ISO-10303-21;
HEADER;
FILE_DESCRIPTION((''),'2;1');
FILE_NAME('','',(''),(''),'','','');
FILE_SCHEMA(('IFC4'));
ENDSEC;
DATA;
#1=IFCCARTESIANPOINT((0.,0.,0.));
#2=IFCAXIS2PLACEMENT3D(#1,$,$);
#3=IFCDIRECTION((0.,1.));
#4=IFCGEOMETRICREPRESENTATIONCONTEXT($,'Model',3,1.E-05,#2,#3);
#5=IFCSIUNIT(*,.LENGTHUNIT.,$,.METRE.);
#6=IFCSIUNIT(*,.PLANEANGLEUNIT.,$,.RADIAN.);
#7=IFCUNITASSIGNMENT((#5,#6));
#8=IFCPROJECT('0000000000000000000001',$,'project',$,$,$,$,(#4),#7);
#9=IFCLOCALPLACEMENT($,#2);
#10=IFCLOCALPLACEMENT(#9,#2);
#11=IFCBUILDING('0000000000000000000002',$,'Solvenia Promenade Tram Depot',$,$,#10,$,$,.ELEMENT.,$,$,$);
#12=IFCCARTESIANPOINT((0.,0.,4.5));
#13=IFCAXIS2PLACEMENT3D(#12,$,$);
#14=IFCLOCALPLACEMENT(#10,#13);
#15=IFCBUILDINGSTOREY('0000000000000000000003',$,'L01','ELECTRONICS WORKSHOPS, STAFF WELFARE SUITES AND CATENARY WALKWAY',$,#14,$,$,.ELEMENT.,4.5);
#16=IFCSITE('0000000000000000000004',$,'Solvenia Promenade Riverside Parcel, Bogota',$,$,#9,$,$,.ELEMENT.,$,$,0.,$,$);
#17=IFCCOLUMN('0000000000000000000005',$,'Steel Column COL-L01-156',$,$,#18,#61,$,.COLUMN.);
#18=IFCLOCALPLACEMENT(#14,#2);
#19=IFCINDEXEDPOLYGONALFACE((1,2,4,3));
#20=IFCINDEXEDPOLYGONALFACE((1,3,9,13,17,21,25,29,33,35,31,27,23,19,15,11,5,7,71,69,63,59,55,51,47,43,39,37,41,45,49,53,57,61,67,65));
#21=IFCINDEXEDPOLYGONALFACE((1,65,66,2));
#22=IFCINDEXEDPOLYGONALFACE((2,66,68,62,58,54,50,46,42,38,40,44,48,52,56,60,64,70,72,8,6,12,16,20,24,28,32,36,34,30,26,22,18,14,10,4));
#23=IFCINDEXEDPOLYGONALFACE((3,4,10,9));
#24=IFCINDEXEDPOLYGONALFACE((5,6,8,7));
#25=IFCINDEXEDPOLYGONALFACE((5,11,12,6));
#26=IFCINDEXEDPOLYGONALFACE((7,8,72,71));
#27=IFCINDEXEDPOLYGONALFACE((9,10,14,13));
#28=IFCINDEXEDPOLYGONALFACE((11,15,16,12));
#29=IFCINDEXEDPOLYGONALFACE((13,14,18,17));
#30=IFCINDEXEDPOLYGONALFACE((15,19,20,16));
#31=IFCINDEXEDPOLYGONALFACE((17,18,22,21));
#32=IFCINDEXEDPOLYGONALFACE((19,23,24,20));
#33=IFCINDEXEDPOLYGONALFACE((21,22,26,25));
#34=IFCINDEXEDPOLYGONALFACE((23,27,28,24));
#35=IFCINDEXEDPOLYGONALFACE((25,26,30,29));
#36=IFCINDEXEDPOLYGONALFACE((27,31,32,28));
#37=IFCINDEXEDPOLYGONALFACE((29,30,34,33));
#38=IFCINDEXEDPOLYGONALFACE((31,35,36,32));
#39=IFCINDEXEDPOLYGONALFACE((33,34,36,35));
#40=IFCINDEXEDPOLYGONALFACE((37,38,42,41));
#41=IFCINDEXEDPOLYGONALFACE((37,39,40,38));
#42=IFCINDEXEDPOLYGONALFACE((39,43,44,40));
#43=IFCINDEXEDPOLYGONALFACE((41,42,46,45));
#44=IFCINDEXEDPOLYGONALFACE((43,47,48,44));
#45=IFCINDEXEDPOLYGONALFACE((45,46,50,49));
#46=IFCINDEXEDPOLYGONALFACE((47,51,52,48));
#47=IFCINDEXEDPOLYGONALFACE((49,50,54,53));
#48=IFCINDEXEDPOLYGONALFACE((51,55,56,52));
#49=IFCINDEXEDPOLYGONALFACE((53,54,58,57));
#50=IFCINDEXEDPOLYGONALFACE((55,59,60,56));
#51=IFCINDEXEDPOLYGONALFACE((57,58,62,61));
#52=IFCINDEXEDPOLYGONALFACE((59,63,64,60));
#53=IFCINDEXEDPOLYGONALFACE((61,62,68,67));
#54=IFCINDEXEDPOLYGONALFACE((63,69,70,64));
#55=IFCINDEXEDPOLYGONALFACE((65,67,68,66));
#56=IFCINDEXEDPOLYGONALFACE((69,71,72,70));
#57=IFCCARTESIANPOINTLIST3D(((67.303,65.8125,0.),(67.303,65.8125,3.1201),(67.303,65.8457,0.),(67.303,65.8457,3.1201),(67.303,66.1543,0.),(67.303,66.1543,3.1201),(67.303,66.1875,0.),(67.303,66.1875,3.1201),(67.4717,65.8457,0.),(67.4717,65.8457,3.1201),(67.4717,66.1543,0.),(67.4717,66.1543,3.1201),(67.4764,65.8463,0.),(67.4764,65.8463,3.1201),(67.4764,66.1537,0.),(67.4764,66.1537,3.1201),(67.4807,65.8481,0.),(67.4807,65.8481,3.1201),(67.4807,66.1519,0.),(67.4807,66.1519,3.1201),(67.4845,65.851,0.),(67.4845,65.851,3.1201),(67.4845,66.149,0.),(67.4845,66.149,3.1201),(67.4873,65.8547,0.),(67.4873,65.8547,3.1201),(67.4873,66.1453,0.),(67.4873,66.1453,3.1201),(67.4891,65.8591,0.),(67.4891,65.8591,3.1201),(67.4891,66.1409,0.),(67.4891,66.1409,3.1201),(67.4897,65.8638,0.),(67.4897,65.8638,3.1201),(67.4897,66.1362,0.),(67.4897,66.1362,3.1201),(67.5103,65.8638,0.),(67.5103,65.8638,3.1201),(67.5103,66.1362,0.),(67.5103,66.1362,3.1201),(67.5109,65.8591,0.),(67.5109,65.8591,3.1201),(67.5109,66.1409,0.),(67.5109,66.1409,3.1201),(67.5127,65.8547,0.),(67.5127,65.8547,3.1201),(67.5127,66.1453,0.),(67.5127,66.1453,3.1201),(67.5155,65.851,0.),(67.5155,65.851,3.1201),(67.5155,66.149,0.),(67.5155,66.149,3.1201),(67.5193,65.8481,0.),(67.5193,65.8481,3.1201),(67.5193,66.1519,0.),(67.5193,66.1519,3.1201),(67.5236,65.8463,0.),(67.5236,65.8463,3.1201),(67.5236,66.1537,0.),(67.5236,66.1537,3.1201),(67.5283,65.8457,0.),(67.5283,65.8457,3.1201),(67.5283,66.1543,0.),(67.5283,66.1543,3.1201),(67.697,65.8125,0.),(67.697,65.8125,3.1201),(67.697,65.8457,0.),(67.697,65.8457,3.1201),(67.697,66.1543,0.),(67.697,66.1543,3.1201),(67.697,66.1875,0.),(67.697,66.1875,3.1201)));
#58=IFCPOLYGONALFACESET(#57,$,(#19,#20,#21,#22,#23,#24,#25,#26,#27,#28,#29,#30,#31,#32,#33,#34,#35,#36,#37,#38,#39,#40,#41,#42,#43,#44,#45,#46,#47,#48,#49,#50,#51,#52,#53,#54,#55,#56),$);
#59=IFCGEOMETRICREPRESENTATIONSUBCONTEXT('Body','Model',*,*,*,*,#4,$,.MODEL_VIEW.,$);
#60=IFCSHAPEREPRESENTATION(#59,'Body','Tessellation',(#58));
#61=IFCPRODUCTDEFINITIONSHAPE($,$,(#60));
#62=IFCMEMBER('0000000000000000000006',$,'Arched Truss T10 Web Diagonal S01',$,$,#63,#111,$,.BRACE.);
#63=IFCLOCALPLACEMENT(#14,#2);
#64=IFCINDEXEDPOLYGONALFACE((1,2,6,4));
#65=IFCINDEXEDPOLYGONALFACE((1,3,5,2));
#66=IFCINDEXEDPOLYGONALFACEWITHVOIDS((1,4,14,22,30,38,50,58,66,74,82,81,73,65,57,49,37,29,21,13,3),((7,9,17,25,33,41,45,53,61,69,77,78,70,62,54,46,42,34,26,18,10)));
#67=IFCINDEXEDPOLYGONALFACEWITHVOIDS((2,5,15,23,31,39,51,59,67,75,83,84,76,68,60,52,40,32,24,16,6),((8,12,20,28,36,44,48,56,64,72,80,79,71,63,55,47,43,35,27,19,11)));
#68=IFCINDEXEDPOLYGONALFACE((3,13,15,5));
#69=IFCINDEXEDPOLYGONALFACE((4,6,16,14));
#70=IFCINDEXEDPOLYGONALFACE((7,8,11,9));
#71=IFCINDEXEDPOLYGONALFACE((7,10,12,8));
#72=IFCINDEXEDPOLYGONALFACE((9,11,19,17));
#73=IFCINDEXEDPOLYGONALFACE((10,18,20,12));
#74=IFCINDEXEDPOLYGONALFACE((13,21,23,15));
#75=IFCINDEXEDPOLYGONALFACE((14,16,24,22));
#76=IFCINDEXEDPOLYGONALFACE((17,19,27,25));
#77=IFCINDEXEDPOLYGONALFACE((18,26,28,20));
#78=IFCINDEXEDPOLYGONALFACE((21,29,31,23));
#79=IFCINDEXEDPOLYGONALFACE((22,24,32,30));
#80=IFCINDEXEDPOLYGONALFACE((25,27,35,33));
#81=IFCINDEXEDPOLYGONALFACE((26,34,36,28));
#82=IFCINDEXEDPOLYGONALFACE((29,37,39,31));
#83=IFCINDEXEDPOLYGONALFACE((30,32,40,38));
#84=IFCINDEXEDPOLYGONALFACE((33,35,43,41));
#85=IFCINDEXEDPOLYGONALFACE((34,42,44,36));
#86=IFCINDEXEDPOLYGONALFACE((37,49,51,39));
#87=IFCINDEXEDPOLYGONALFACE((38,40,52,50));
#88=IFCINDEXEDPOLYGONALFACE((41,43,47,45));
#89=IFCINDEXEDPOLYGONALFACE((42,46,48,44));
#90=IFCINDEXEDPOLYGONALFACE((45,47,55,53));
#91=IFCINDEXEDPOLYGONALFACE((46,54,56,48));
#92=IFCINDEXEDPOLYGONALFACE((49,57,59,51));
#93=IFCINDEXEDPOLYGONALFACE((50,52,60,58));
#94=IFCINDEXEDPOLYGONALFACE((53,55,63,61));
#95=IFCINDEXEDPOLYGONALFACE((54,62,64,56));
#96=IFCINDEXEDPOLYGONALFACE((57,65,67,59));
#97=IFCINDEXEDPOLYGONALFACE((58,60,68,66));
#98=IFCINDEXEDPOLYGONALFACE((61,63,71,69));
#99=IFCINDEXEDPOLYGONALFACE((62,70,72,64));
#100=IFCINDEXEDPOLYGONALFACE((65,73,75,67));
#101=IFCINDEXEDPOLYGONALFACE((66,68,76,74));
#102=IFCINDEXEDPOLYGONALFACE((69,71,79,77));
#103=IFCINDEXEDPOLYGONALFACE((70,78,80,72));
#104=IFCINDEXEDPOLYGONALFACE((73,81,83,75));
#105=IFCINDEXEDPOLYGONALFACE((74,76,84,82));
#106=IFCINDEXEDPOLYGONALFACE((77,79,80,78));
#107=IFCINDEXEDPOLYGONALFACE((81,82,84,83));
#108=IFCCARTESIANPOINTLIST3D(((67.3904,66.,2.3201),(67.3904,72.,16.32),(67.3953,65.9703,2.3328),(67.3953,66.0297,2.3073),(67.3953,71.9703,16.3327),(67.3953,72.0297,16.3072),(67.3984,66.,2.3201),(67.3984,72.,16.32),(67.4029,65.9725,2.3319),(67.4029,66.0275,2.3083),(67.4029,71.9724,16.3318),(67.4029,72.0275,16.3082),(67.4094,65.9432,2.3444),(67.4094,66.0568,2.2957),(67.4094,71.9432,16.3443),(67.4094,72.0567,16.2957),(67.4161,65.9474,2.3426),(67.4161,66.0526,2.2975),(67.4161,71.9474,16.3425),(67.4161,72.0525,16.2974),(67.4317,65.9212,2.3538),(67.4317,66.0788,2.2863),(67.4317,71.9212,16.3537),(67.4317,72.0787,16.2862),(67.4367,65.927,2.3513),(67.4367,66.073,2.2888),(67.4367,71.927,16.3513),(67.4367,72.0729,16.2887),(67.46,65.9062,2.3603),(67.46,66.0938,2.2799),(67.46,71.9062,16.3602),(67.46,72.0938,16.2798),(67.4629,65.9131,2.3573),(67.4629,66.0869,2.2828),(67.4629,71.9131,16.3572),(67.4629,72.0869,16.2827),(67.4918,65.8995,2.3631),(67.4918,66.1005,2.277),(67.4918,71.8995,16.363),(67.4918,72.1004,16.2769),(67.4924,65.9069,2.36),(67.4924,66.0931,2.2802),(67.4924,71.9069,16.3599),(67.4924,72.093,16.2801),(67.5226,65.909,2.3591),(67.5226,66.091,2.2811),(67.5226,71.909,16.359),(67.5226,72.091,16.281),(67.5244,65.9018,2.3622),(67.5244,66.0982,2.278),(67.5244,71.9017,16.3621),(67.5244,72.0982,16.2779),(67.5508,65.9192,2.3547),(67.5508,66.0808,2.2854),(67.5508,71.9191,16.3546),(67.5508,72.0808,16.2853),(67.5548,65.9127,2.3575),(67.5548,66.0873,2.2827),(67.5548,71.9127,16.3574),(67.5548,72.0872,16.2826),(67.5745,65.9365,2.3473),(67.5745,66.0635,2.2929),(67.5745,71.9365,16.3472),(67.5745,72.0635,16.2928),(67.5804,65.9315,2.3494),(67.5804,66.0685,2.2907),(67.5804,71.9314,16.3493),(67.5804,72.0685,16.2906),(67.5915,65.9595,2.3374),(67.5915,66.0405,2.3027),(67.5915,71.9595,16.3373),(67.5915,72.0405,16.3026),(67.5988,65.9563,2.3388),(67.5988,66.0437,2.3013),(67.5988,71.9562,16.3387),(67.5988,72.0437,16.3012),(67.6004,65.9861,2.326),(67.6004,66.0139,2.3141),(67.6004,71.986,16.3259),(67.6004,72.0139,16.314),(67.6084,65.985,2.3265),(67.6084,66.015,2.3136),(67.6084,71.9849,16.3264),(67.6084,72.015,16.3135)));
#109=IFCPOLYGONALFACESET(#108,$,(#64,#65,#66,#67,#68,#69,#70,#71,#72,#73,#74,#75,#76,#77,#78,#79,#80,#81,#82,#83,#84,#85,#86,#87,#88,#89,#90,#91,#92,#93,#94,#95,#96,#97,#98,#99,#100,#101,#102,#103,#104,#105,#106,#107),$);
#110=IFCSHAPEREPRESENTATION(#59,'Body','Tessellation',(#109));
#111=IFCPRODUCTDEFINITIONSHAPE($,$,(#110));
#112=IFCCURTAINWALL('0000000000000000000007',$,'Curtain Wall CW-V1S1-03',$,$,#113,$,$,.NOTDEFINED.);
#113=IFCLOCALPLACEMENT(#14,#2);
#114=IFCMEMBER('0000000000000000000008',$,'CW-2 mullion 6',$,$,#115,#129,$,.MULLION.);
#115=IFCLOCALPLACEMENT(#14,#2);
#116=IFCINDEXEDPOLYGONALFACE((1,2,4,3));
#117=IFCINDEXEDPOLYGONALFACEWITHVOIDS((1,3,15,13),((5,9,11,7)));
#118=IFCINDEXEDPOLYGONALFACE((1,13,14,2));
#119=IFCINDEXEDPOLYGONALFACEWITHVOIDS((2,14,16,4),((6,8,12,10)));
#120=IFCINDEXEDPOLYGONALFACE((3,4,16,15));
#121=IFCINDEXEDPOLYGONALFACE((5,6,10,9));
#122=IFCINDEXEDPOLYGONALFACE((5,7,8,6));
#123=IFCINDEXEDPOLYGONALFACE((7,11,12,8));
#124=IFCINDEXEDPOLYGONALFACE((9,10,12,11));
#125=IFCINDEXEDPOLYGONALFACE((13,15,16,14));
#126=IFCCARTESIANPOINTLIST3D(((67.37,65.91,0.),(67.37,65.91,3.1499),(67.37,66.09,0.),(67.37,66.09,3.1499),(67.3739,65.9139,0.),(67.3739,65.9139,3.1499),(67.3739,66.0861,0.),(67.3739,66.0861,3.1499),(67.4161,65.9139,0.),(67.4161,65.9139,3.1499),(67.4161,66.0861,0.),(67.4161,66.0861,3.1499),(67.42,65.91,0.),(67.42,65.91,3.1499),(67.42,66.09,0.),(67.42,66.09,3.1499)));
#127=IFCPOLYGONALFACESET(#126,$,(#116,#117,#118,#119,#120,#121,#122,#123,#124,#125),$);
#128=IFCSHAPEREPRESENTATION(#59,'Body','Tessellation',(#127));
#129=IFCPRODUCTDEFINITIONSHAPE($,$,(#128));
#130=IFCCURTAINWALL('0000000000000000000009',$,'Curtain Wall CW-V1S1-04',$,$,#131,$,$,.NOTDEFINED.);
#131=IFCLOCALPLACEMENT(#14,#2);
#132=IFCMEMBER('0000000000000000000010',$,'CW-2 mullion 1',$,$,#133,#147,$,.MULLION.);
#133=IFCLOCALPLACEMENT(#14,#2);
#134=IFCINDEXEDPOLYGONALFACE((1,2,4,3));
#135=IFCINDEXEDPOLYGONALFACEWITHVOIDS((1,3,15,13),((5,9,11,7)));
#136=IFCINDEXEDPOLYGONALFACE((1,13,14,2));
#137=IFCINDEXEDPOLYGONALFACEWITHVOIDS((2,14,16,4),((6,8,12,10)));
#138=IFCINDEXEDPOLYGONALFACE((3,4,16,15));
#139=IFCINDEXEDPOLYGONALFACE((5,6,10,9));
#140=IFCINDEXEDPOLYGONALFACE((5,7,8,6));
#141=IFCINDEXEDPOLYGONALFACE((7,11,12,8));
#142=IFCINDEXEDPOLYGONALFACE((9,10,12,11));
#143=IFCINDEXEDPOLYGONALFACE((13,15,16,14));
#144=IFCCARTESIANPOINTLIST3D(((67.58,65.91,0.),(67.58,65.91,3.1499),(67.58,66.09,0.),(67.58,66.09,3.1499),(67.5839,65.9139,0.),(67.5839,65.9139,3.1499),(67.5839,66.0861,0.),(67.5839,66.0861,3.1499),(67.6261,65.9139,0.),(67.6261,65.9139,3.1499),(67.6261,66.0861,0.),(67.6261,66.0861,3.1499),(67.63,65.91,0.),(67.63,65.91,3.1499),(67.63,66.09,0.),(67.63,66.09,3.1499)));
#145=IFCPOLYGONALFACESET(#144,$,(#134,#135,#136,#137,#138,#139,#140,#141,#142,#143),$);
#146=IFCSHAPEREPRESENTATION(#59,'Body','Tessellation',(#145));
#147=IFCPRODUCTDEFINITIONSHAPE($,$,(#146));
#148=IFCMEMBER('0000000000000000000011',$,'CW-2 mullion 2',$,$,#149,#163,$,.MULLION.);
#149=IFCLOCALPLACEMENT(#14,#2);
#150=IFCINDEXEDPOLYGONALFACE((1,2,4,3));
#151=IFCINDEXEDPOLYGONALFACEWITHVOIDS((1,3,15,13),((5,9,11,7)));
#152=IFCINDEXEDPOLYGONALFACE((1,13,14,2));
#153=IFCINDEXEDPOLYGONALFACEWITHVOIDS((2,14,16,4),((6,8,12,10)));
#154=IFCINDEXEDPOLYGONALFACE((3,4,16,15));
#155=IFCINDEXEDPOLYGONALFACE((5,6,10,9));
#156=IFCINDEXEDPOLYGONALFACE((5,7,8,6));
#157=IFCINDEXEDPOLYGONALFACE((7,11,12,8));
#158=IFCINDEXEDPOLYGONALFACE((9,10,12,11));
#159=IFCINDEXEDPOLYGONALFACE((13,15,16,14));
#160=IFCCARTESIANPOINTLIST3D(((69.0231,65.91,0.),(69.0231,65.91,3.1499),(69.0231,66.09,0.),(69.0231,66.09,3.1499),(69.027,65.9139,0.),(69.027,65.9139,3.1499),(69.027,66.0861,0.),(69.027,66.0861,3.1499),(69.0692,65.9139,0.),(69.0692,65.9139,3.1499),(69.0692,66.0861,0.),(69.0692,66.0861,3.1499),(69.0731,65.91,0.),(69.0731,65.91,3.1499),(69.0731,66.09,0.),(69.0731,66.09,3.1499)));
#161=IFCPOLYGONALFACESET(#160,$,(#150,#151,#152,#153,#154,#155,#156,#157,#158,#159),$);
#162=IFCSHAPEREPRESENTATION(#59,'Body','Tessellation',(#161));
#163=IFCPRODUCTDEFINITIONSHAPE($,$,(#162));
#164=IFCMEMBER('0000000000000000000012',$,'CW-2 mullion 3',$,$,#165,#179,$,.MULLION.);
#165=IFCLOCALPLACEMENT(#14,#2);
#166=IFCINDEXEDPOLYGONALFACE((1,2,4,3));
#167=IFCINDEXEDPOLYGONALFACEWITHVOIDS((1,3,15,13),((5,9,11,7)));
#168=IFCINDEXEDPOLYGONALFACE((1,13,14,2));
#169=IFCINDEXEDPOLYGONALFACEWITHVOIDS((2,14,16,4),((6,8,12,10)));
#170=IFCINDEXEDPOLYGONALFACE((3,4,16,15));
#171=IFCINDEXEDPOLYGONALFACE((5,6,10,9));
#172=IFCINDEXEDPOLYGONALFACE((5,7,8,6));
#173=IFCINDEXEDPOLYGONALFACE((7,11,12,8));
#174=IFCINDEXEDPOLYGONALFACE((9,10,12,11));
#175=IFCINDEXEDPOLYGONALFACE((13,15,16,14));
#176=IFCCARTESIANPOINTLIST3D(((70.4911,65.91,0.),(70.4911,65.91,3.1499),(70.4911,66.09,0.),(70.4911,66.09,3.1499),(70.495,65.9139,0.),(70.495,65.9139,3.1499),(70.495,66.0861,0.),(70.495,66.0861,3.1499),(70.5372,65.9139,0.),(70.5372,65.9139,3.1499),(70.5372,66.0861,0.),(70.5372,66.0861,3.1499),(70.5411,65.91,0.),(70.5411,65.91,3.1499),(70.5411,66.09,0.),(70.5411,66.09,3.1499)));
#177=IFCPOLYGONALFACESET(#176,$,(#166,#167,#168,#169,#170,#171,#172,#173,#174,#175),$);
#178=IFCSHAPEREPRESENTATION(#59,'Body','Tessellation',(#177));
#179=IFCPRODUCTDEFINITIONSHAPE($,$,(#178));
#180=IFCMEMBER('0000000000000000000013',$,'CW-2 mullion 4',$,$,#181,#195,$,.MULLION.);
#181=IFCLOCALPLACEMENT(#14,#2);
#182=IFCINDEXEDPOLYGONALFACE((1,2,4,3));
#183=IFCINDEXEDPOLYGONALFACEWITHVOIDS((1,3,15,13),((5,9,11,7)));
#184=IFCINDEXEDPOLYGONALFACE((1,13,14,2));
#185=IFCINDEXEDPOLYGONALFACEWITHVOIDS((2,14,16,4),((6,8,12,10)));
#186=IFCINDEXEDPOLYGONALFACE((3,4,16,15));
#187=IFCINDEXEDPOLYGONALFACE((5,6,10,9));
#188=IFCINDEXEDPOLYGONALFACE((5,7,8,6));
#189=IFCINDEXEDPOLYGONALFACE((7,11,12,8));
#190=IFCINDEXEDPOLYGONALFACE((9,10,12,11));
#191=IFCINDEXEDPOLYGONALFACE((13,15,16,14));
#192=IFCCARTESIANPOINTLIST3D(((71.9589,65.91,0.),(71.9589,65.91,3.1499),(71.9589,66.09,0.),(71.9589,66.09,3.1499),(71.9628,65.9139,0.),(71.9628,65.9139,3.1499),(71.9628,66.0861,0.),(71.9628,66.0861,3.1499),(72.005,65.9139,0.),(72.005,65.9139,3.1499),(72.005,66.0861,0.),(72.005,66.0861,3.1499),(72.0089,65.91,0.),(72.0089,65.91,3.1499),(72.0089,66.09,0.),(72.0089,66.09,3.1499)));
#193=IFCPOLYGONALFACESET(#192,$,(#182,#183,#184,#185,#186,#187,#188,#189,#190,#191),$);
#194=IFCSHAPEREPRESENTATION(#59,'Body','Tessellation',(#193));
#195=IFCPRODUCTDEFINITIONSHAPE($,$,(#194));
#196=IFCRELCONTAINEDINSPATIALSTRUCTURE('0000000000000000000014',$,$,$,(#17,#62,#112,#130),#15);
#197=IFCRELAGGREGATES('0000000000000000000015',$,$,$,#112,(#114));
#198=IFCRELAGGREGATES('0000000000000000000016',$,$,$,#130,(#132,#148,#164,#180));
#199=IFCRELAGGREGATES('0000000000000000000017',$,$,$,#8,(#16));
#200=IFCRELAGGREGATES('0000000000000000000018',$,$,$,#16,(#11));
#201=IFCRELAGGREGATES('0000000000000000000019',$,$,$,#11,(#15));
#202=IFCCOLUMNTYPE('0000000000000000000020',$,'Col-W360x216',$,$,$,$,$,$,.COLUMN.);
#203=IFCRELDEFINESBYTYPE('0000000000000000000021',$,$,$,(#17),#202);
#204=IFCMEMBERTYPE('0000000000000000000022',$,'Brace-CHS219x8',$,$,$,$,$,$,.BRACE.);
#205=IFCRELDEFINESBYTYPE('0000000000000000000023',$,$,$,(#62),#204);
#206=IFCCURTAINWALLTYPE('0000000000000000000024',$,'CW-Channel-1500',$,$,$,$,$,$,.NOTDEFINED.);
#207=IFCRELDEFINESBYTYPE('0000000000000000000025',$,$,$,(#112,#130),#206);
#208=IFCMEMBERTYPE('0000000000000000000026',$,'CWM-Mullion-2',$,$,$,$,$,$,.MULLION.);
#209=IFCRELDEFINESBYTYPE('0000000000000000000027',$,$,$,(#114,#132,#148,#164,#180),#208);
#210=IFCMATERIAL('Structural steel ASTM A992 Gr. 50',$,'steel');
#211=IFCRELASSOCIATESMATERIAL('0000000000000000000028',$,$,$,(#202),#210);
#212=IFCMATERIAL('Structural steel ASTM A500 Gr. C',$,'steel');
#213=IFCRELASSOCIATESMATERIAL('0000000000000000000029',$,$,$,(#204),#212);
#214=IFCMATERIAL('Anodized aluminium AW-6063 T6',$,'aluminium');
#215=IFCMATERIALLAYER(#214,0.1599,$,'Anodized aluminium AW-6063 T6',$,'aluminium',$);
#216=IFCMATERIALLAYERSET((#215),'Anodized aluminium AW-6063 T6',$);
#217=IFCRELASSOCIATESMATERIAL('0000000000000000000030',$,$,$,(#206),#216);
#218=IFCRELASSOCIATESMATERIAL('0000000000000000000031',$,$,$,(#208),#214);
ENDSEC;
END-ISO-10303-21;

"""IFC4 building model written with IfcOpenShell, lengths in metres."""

from ifc_helpers import new_model, si_unit, direction, frame, origin, origin_2d, place, context, subcontext, project, spatial, hollow_rectangle, hollow_circle, i_section, extrude, material, layer, layer_set, material_profile, profile_set, type_object, element, aggregate, save


model = new_model("IFC4")

# Units and contexts
model_context = context("Model", 3, precision=1e-05, world=origin(), true_north=direction((0.0, 1.0)))
body_context = subcontext(model_context, "Body", "Model", "MODEL_VIEW")
ifc_project = project(units=[si_unit("LENGTHUNIT", "METRE"), si_unit("PLANEANGLEUNIT", "RADIAN")], contexts=[model_context])

# Site, building, storey
site_placement = place(None, origin())
site = spatial("IfcSite", under=ifc_project, at=site_placement, Name="Solvenia Promenade Riverside Parcel, Bogota", CompositionType="ELEMENT", RefElevation=0.0)
building_placement = place(site_placement, origin())
building = spatial("IfcBuilding", under=site, at=building_placement, Name="Solvenia Promenade Tram Depot", CompositionType="ELEMENT")
storey_placement = place(building_placement, frame((0.0, 0.0, 4.5)))
storey = spatial("IfcBuildingStorey", under=building, at=storey_placement, Name="L01", Description="ELECTRONICS WORKSHOPS, STAFF WELFARE SUITES AND CATENARY WALKWAY", CompositionType="ELEMENT", Elevation=4.5)

# Column
ifc_material_1 = material(Name="Structural steel ASTM A992 Gr. 50", Category="steel")
ifc_material_profile_1 = material_profile(ifc_material_1, i_section(OverallWidth=0.394, OverallDepth=0.375, WebThickness=0.0205, FlangeThickness=0.0332, FilletRadius=0.0181, at=origin_2d()), Name="W360x216", Category="steel")
ifc_profile_set_1 = profile_set([ifc_material_profile_1], Name="Structural steel ASTM A992 Gr. 50")
column_type = type_object("IfcColumnType", Name="Col-W360x216", PredefinedType="COLUMN", material=ifc_profile_set_1)
column_placement = place(storey_placement, frame((67.5, 66.0, 0.0), z_axis=(0.0, 0.0, 1.0), x_axis=(1.0, 0.0, 0.0)))
element("IfcColumn", 1, at=column_placement, inside=storey, type_object=column_type, Name="Steel Column COL-L01-156", PredefinedType="COLUMN", context=body_context, shape_type="SweptSolid", body=[
    extrude(i_section(OverallWidth=0.394, OverallDepth=0.375, WebThickness=0.0205, FlangeThickness=0.0332, FilletRadius=0.0181, at=origin_2d()), origin(), (0.0, 0.0, 1.0), 3.1201),
])

# Member
ifc_material_2 = material(Name="Structural steel ASTM A500 Gr. C", Category="steel")
ifc_material_profile_2 = material_profile(ifc_material_2, hollow_circle(Radius=0.1096, WallThickness=0.0081, at=origin_2d()), Name="CHS219.1x8", Category="steel")
ifc_profile_set_2 = profile_set([ifc_material_profile_2], Name="Structural steel ASTM A500 Gr. C")
member_type_1 = type_object("IfcMemberType", Name="Brace-CHS219x8", PredefinedType="BRACE", material=ifc_profile_set_2)
member_1_placement = place(storey_placement, frame((67.5, 66.0, 2.3201), z_axis=(0.0, 0.393919, 0.919145), x_axis=(-1.0, 0.0, 0.0)))
element("IfcMember", 2, at=member_1_placement, inside=storey, type_object=member_type_1, Name="Arched Truss T10 Web Diagonal S01", PredefinedType="BRACE", context=body_context, shape_type="SweptSolid", body=[
    extrude(hollow_circle(Radius=0.1096, WallThickness=0.0081, at=origin_2d()), origin(), (0.0, 0.0, 1.0), 15.2314),
])

# Curtain wall, member
ifc_material_3 = material(Name="Anodized aluminium AW-6063 T6", Category="aluminium")
ifc_layer_1 = layer(ifc_material_3, 0.1599, Name="Anodized aluminium AW-6063 T6", Category="aluminium")
ifc_layer_set_1 = layer_set([ifc_layer_1], Name="Anodized aluminium AW-6063 T6")
curtain_wall_type = type_object("IfcCurtainWallType", Name="CW-Channel-1500", PredefinedType="NOTDEFINED", material=ifc_layer_set_1)
curtain_wall_1_placement = place(storey_placement, origin())
curtain_wall_1 = element("IfcCurtainWall", 3, at=curtain_wall_1_placement, inside=storey, type_object=curtain_wall_type, Name="Curtain Wall CW-V1S1-03", PredefinedType="NOTDEFINED")
ifc_material_profile_3 = material_profile(ifc_material_3, hollow_rectangle(XDim=0.1799, YDim=0.05, WallThickness=0.0039, at=origin_2d()), Name="ALU-M2", Category="aluminium")
ifc_profile_set_3 = profile_set([ifc_material_profile_3], Name="Anodized aluminium AW-6063 T6")
member_type_2 = type_object("IfcMemberType", Name="CWM-Mullion-2", PredefinedType="MULLION", material=ifc_profile_set_3)
member_2_placement = place(storey_placement, frame((67.395, 66.0, 0.0), z_axis=(0.0, 0.0, 1.0), x_axis=(0.0, 1.0, 0.0)))
member_2 = element("IfcMember", 4, at=member_2_placement, type_object=member_type_2, Name="CW-2 mullion 6", PredefinedType="MULLION", context=body_context, shape_type="SweptSolid", body=[
    extrude(hollow_rectangle(XDim=0.1799, YDim=0.05, WallThickness=0.0039, at=origin_2d()), origin(), (0.0, 0.0, 1.0), 3.1499),
])
aggregate(curtain_wall_1, [member_2])

# Curtain wall, members
curtain_wall_2_placement = place(storey_placement, origin())
curtain_wall_2 = element("IfcCurtainWall", 5, at=curtain_wall_2_placement, inside=storey, type_object=curtain_wall_type, Name="Curtain Wall CW-V1S1-04", PredefinedType="NOTDEFINED")
member_3_placement = place(storey_placement, frame((67.605, 66.0, 0.0), z_axis=(0.0, 0.0, 1.0), x_axis=(0.0, 1.0, 0.0)))
member_3 = element("IfcMember", 6, at=member_3_placement, type_object=member_type_2, Name="CW-2 mullion 1", PredefinedType="MULLION", context=body_context, shape_type="SweptSolid", body=[
    extrude(hollow_rectangle(XDim=0.1799, YDim=0.05, WallThickness=0.0039, at=origin_2d()), origin(), (0.0, 0.0, 1.0), 3.1499),
])
member_4_placement = place(storey_placement, frame((69.0481, 66.0, 0.0), z_axis=(0.0, 0.0, 1.0), x_axis=(0.0, 1.0, 0.0)))
member_4 = element("IfcMember", 7, at=member_4_placement, type_object=member_type_2, Name="CW-2 mullion 2", PredefinedType="MULLION", context=body_context, shape_type="SweptSolid", body=[
    extrude(hollow_rectangle(XDim=0.1799, YDim=0.05, WallThickness=0.0039, at=origin_2d()), origin(), (0.0, 0.0, 1.0), 3.1499),
])
member_5_placement = place(storey_placement, frame((70.5161, 66.0, 0.0), z_axis=(0.0, 0.0, 1.0), x_axis=(0.0, 1.0, 0.0)))
member_5 = element("IfcMember", 8, at=member_5_placement, type_object=member_type_2, Name="CW-2 mullion 3", PredefinedType="MULLION", context=body_context, shape_type="SweptSolid", body=[
    extrude(hollow_rectangle(XDim=0.1799, YDim=0.05, WallThickness=0.0039, at=origin_2d()), origin(), (0.0, 0.0, 1.0), 3.1499),
])
member_6_placement = place(storey_placement, frame((71.9839, 66.0, 0.0), z_axis=(0.0, 0.0, 1.0), x_axis=(0.0, 1.0, 0.0)))
member_6 = element("IfcMember", 9, at=member_6_placement, type_object=member_type_2, Name="CW-2 mullion 4", PredefinedType="MULLION", context=body_context, shape_type="SweptSolid", body=[
    extrude(hollow_rectangle(XDim=0.1799, YDim=0.05, WallThickness=0.0039, at=origin_2d()), origin(), (0.0, 0.0, 1.0), 3.1499),
])

aggregate(curtain_wall_2, [member_3, member_4, member_5, member_6])

save(model, "model.ifc")
